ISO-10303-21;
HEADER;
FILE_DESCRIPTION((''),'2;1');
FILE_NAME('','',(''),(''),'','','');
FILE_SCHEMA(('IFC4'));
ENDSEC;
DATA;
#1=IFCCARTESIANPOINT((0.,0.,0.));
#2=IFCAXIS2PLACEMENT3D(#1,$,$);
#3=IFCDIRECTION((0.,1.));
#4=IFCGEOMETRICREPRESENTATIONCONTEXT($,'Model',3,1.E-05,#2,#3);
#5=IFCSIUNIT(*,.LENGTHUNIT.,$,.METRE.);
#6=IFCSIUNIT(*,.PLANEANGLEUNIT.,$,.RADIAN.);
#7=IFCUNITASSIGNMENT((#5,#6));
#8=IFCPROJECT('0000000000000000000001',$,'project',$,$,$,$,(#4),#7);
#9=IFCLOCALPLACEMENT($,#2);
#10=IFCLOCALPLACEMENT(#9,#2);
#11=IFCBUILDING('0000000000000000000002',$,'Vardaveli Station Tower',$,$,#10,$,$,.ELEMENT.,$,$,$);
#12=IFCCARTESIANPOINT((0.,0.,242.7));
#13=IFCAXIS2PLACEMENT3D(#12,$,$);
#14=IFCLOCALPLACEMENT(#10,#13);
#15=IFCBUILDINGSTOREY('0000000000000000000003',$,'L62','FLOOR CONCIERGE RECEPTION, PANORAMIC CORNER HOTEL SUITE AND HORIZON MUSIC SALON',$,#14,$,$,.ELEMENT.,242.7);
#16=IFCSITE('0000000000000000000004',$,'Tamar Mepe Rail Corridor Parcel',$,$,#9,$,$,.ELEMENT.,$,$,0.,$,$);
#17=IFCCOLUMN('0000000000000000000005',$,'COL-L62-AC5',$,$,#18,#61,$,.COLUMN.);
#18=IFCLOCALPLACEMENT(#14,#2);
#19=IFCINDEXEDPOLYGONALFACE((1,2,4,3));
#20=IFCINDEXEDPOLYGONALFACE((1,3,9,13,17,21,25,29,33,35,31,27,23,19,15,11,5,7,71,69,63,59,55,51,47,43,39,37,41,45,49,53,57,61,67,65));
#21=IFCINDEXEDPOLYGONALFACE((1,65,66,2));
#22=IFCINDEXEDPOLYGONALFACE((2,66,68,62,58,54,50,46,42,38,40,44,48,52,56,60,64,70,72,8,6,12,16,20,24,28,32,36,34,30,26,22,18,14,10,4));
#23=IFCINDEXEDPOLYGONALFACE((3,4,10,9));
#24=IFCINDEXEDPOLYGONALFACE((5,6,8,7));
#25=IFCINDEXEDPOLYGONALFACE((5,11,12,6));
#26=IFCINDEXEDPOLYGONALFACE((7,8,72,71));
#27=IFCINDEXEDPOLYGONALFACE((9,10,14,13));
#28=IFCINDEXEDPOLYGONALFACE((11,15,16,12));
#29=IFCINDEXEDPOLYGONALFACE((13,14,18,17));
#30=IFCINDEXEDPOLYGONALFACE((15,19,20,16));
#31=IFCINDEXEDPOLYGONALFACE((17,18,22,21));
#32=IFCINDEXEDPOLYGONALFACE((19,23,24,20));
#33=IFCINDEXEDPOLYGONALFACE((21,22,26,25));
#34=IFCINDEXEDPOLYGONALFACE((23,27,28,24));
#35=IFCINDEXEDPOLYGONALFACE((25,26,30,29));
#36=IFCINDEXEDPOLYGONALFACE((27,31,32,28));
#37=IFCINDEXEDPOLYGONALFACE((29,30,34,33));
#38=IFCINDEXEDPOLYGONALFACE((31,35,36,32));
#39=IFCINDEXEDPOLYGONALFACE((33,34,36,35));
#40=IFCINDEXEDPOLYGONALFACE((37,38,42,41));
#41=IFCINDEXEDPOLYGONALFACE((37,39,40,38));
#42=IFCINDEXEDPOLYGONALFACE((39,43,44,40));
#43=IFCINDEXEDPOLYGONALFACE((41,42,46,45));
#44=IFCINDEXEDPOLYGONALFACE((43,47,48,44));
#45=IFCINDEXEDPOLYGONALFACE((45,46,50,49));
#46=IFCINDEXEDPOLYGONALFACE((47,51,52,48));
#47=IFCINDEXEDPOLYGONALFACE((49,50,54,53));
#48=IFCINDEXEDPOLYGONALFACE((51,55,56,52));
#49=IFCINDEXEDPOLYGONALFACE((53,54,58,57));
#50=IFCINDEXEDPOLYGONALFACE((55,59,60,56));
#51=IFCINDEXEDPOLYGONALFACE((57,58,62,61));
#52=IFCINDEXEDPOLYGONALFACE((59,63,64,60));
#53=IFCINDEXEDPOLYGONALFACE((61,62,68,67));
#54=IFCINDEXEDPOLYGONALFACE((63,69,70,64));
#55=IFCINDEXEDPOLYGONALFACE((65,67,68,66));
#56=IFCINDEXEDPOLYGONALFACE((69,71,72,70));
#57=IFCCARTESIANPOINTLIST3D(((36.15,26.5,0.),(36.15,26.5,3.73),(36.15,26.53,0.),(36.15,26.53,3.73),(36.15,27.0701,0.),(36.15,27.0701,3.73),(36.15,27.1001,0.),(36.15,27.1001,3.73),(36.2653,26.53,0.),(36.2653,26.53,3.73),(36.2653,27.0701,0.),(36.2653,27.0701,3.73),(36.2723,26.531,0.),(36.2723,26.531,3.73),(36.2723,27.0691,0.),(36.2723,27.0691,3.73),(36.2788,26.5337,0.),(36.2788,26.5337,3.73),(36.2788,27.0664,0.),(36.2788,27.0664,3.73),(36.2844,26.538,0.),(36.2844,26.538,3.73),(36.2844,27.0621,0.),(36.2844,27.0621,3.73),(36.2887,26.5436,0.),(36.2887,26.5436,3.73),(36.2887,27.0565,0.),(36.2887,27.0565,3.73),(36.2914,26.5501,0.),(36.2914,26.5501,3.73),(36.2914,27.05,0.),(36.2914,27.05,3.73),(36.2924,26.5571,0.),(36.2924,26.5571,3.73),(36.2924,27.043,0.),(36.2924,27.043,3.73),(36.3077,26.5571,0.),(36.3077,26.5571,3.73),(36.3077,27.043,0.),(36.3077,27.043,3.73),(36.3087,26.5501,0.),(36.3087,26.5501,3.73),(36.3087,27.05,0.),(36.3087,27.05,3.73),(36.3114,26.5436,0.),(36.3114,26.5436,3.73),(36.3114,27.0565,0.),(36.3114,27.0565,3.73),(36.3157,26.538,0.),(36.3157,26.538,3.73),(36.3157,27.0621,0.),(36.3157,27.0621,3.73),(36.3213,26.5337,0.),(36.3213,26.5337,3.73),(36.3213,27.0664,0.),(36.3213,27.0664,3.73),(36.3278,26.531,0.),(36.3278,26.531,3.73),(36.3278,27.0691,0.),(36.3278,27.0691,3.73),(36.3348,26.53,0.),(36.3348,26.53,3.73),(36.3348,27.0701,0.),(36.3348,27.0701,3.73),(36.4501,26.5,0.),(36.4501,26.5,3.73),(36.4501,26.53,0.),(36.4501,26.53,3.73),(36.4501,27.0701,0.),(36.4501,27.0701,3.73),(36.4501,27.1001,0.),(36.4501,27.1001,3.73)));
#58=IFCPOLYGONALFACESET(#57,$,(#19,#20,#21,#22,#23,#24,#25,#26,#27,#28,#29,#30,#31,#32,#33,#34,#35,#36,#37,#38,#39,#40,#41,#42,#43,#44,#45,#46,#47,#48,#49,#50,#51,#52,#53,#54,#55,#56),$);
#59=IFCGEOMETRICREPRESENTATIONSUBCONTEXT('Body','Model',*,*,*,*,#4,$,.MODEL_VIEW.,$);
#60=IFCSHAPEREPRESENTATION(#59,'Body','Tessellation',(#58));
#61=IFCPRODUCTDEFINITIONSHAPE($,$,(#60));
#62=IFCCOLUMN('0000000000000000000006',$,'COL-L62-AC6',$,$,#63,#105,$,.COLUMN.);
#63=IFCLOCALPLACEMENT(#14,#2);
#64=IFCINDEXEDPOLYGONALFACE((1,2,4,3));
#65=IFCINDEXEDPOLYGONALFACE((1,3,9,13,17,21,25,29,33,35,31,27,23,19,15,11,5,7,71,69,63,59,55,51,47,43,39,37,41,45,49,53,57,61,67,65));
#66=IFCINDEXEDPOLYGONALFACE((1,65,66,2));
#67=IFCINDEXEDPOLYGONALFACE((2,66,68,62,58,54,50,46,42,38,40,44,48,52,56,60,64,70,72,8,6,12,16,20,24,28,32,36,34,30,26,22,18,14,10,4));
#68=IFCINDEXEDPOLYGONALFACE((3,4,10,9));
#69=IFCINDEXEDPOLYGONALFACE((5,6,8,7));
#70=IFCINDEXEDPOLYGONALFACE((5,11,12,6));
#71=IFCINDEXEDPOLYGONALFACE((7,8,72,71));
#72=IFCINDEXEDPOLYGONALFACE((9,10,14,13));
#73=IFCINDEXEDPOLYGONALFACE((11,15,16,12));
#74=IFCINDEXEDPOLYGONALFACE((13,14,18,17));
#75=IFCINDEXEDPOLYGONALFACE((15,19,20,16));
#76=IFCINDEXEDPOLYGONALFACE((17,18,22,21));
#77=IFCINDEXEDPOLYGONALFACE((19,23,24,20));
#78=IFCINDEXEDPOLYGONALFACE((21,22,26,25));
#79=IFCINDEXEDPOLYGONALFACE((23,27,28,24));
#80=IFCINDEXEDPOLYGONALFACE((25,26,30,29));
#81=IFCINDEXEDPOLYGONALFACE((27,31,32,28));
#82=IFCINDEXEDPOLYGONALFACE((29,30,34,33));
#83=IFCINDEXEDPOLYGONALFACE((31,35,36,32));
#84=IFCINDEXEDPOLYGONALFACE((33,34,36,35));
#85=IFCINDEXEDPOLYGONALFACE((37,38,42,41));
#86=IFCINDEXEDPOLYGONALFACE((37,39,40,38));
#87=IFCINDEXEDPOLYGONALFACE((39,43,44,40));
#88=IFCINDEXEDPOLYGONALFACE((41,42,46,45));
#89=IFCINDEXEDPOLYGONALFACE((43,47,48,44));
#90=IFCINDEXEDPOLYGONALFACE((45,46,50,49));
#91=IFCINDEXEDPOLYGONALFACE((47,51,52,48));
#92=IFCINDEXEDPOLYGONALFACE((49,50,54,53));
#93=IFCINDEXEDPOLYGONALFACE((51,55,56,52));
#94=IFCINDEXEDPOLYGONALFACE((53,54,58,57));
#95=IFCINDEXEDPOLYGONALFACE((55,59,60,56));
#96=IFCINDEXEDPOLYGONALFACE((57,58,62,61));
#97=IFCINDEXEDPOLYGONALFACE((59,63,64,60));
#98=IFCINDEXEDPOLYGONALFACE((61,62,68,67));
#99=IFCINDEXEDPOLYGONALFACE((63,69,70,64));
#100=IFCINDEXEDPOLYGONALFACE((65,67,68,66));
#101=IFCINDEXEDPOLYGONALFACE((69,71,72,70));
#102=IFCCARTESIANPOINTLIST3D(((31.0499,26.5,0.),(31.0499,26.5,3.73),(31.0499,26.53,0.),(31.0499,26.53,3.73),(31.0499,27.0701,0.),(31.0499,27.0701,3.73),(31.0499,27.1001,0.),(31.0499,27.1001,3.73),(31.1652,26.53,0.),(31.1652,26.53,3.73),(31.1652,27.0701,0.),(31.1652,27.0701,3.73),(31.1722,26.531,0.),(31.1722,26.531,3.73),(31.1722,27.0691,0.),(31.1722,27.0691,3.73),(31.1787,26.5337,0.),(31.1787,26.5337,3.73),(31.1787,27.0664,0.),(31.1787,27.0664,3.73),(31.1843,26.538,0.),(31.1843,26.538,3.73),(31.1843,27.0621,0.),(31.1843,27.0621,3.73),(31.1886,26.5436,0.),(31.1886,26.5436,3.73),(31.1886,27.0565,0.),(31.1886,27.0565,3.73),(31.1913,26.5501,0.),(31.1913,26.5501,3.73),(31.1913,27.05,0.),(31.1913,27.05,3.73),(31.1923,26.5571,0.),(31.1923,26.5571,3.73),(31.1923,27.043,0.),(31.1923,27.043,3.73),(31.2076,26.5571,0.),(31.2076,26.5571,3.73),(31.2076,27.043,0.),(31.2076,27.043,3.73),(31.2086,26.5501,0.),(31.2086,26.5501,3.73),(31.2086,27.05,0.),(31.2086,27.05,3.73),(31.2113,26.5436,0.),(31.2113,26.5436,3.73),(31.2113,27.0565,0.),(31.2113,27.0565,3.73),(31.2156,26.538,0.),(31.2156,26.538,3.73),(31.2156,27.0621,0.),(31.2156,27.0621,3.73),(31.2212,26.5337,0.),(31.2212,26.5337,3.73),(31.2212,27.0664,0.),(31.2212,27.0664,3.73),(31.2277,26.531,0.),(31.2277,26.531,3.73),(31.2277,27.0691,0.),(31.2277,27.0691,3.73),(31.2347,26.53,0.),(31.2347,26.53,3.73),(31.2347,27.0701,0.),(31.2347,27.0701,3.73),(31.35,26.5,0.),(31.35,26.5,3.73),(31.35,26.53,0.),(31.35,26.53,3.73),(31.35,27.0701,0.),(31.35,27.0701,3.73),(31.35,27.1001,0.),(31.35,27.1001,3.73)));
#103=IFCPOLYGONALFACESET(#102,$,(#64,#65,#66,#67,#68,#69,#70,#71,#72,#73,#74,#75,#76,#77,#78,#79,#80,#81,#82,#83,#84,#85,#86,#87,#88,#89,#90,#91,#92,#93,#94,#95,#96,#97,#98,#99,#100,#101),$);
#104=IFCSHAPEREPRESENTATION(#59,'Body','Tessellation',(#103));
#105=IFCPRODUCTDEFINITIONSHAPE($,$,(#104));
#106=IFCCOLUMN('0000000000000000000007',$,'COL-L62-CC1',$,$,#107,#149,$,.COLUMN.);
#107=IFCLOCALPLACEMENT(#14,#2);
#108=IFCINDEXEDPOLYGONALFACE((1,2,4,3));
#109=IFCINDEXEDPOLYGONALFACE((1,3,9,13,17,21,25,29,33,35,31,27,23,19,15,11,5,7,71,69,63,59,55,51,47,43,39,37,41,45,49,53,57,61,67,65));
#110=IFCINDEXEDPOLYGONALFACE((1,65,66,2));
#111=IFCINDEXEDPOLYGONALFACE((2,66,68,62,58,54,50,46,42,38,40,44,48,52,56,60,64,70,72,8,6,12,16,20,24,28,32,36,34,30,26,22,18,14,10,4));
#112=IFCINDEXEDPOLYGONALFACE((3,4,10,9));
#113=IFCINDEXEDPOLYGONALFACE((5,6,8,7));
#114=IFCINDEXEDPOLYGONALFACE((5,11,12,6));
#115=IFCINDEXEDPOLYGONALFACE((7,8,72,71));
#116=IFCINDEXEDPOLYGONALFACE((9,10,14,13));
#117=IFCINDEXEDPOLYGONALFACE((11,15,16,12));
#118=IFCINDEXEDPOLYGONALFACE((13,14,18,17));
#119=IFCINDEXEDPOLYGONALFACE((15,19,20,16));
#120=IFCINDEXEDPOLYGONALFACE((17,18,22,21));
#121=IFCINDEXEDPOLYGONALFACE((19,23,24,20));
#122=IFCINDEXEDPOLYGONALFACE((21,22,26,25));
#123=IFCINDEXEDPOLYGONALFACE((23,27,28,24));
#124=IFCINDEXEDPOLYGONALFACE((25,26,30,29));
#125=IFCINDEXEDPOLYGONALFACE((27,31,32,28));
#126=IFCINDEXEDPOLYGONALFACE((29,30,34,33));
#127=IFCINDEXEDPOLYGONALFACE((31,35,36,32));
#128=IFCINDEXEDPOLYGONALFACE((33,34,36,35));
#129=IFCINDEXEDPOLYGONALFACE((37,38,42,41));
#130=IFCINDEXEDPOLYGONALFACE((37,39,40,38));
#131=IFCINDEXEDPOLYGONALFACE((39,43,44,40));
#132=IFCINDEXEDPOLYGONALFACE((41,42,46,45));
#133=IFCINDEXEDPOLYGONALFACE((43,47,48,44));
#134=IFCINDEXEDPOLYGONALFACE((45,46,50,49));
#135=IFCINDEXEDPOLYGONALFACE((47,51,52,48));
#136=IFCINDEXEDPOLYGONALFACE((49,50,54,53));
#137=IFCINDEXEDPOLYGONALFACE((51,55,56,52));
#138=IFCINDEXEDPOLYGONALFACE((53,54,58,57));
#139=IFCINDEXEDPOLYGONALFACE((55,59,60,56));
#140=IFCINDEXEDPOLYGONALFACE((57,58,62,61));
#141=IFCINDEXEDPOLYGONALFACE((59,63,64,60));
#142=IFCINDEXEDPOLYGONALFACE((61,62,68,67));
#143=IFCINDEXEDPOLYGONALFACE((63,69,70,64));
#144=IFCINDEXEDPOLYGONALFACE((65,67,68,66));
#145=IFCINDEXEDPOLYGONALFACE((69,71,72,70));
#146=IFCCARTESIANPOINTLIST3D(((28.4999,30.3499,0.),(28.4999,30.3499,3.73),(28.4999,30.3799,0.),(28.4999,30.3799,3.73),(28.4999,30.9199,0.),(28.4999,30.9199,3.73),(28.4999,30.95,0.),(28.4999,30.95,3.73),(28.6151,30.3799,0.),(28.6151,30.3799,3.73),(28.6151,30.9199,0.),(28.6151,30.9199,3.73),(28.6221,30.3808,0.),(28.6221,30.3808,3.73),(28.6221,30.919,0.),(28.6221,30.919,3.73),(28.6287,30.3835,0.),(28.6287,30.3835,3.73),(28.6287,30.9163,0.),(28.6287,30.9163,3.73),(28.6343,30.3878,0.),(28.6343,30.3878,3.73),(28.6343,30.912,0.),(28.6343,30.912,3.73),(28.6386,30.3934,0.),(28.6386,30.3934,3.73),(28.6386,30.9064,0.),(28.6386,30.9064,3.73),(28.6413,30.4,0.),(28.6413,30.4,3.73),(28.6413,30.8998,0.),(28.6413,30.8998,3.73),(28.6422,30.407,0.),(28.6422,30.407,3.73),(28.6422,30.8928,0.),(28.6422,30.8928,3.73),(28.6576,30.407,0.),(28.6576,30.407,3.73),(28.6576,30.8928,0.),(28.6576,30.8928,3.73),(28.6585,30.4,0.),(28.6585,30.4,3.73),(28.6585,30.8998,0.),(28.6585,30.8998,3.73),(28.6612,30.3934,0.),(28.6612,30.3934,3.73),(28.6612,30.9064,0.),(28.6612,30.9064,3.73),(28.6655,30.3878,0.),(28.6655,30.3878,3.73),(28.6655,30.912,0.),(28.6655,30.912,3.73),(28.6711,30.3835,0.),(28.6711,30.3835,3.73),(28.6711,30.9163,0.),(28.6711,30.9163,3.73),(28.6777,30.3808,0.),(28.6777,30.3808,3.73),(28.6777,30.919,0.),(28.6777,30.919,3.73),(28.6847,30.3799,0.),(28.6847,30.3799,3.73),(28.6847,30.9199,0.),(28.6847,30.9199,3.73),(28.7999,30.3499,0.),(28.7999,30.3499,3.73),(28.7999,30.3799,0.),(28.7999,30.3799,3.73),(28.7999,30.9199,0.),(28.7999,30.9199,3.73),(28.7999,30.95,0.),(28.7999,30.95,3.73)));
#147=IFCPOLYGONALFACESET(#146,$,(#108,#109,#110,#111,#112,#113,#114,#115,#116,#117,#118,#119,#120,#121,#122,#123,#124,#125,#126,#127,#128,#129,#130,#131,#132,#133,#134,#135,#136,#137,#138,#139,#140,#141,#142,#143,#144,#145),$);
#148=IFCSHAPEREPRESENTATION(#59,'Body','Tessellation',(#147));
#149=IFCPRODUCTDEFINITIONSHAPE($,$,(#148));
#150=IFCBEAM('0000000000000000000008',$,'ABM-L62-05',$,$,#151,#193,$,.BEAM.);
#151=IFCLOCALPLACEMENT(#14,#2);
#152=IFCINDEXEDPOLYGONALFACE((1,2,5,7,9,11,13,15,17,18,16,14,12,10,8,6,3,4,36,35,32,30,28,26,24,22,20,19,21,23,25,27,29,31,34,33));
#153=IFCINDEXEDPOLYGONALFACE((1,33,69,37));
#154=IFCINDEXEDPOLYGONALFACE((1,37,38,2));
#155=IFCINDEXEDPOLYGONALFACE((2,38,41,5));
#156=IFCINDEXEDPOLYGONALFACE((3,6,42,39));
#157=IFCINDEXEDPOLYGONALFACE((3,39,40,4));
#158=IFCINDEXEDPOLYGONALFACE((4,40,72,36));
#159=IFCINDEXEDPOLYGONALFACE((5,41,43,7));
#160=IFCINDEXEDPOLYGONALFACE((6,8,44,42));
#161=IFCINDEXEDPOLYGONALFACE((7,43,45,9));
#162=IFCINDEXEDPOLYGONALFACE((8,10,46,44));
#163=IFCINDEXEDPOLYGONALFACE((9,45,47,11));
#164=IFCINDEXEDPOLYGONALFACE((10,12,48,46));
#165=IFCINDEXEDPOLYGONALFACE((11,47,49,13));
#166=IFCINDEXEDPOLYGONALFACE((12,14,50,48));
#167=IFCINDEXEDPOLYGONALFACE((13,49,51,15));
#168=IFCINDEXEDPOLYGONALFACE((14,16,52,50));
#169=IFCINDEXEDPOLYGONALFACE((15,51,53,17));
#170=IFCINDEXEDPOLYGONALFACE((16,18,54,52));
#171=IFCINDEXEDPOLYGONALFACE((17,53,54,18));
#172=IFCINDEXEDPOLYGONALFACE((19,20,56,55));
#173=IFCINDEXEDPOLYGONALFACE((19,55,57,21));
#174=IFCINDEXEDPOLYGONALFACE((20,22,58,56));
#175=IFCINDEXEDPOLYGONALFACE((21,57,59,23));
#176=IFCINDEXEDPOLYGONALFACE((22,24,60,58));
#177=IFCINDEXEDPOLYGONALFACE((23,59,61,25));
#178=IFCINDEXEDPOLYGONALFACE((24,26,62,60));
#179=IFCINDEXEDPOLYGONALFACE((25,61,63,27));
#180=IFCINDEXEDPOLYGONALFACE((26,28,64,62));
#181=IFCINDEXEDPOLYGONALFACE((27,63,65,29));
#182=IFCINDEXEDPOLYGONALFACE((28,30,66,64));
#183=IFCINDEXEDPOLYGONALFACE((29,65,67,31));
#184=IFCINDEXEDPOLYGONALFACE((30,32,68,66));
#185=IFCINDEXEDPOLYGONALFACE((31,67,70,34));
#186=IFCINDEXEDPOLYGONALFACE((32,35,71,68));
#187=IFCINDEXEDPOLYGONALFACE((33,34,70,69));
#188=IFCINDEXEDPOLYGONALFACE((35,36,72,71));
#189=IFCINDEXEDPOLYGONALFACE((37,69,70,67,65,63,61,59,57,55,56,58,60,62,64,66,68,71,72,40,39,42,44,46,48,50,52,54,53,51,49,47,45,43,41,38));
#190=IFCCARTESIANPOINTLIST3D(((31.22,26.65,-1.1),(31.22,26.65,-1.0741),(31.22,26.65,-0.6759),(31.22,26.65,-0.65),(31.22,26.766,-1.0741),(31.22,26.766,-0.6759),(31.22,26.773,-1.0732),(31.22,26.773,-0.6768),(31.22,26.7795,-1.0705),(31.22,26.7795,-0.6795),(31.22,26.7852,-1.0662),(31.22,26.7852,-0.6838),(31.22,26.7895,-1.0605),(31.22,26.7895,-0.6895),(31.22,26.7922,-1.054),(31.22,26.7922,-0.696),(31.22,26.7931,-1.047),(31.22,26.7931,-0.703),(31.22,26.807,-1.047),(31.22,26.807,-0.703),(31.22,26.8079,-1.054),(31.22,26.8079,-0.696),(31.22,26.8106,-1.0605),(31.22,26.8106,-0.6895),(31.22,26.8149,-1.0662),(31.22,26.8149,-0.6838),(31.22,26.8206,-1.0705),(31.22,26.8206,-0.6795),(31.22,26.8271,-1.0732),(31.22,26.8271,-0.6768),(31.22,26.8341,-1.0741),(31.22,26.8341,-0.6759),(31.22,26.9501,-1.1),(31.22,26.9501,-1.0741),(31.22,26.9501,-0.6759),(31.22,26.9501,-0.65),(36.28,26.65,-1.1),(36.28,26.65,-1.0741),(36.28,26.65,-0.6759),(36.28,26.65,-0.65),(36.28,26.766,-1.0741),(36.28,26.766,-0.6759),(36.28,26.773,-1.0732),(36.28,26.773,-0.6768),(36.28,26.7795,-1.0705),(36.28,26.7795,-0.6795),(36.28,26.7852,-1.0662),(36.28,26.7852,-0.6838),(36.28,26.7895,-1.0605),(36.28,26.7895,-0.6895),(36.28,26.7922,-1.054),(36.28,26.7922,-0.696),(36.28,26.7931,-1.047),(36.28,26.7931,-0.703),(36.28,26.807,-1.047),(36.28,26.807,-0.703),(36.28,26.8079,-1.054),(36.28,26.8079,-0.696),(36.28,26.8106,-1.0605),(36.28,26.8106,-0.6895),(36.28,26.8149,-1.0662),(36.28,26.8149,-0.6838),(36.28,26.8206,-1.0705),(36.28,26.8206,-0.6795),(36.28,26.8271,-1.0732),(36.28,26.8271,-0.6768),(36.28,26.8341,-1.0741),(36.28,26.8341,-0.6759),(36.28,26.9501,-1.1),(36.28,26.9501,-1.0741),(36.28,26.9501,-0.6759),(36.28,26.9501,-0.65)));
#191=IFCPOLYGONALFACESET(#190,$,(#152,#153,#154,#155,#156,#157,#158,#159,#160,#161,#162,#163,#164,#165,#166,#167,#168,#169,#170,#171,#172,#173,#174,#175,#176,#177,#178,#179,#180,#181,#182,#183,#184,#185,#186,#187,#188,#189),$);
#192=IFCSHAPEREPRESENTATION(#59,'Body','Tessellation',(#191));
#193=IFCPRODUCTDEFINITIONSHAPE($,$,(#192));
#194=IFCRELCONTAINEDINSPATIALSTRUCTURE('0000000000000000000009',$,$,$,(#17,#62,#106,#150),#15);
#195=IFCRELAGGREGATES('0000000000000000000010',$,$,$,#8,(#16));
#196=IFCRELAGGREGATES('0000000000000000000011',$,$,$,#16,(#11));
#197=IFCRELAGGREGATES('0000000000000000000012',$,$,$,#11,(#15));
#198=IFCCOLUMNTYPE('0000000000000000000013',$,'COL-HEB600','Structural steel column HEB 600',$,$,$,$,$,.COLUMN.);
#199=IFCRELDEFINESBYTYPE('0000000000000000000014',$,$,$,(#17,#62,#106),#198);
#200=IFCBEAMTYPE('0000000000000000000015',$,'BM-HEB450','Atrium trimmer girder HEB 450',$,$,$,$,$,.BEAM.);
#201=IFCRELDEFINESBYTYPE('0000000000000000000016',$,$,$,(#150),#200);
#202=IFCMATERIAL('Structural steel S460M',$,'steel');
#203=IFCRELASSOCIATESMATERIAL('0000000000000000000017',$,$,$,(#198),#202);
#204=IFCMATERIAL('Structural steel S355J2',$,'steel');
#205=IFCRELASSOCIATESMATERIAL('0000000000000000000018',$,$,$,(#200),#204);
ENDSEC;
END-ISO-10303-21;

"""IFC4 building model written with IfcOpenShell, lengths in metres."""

from ifc_helpers import new_model, si_unit, direction, frame, origin, origin_2d, place, context, subcontext, project, spatial, i_section, extrude, source, transform, mapped, material, material_profile, profile_set, type_object, element, save


model = new_model("IFC4")

# Units and contexts
model_context = context("Model", 3, precision=1e-05, world=origin(), true_north=direction((0.0, 1.0)))
body_context = subcontext(model_context, "Body", "Model", "MODEL_VIEW")
ifc_project = project(units=[si_unit("LENGTHUNIT", "METRE"), si_unit("PLANEANGLEUNIT", "RADIAN")], contexts=[model_context])

# Site, building, storey
site_placement = place(None, origin())
site = spatial("IfcSite", under=ifc_project, at=site_placement, Name="Tamar Mepe Rail Corridor Parcel", CompositionType="ELEMENT", RefElevation=0.0)
building_placement = place(site_placement, origin())
building = spatial("IfcBuilding", under=site, at=building_placement, Name="Vardaveli Station Tower", CompositionType="ELEMENT")
storey_placement = place(building_placement, frame((0.0, 0.0, 242.7)))
storey = spatial("IfcBuildingStorey", under=building, at=storey_placement, Name="L62", Description="FLOOR CONCIERGE RECEPTION, PANORAMIC CORNER HOTEL SUITE AND HORIZON MUSIC SALON", CompositionType="ELEMENT", Elevation=242.7)

# Columns
ifc_material_1 = material(Name="Structural steel S460M", Category="steel")
ifc_material_profile_1 = material_profile(ifc_material_1, i_section(OverallWidth=0.3, OverallDepth=0.6001, WebThickness=0.0154, FlangeThickness=0.03, FilletRadius=0.0271, at=origin_2d()), Name="HEB 600")
ifc_profile_set_1 = profile_set([ifc_material_profile_1], Name="Structural steel S460M")
column_type = type_object("IfcColumnType", Name="COL-HEB600", Description="Structural steel column HEB 600", PredefinedType="COLUMN", material=ifc_profile_set_1)
shared_shape_1 = source(origin(), body_context, "Body", "SweptSolid", [
    extrude(i_section(OverallWidth=0.3, OverallDepth=0.6001, WebThickness=0.0154, FlangeThickness=0.03, FilletRadius=0.0271, at=origin_2d()), origin(), (0.0, 0.0, 1.0), 3.73),
])
for number, where, z_axis, x_axis, name in (
    (1, (36.3, 26.8, 0.0), (0.0, 0.0, 1.0), (1.0, 0.0, 0.0), "COL-L62-AC5"),
    (2, (31.2, 26.8, 0.0), (0.0, 0.0, 1.0), (1.0, 0.0, 0.0), "COL-L62-AC6"),
    (3, (28.6499, 30.6499, 0.0), (0.0, 0.0, 1.0), (1.0, 0.0, 0.0), "COL-L62-CC1"),
):
    element("IfcColumn", number, at=place(storey_placement, frame(where, z_axis=z_axis, x_axis=x_axis)), inside=storey, type_object=column_type, Name=name, PredefinedType="COLUMN", context=body_context, shape_type="MappedRepresentation", body=[
        mapped(shared_shape_1, transform((0.0, 0.0, 0.0), scale=1.0)),
    ])

# Beam
ifc_material_2 = material(Name="Structural steel S355J2", Category="steel")
ifc_material_profile_2 = material_profile(ifc_material_2, i_section(OverallWidth=0.3, OverallDepth=0.45, WebThickness=0.0139, FlangeThickness=0.0259, FilletRadius=0.0271, at=origin_2d()), Name="HEB 450")
ifc_profile_set_2 = profile_set([ifc_material_profile_2], Name="Structural steel S355J2")
beam_type_1 = type_object("IfcBeamType", Name="BM-HEB450", Description="Atrium trimmer girder HEB 450", PredefinedType="BEAM", material=ifc_profile_set_2)
shared_shape_2 = source(origin(), body_context, "Body", "SweptSolid", [
    extrude(i_section(OverallWidth=0.3, OverallDepth=0.45, WebThickness=0.0139, FlangeThickness=0.0259, FilletRadius=0.0271, at=origin_2d()), origin(), (0.0, 0.0, 1.0), 5.0601),
])
beam_1_placement = place(storey_placement, frame((36.28, 26.8, -0.875), z_axis=(-1.0, 0.0, 0.0), x_axis=(0.0, -1.0, 0.0)))
element("IfcBeam", 4, at=beam_1_placement, inside=storey, type_object=beam_type_1, Name="ABM-L62-05", PredefinedType="BEAM", context=body_context, shape_type="MappedRepresentation", body=[
    mapped(shared_shape_2, transform((0.0, 0.0, 0.0), scale=1.0)),
])

save(model, "model.ifc")
